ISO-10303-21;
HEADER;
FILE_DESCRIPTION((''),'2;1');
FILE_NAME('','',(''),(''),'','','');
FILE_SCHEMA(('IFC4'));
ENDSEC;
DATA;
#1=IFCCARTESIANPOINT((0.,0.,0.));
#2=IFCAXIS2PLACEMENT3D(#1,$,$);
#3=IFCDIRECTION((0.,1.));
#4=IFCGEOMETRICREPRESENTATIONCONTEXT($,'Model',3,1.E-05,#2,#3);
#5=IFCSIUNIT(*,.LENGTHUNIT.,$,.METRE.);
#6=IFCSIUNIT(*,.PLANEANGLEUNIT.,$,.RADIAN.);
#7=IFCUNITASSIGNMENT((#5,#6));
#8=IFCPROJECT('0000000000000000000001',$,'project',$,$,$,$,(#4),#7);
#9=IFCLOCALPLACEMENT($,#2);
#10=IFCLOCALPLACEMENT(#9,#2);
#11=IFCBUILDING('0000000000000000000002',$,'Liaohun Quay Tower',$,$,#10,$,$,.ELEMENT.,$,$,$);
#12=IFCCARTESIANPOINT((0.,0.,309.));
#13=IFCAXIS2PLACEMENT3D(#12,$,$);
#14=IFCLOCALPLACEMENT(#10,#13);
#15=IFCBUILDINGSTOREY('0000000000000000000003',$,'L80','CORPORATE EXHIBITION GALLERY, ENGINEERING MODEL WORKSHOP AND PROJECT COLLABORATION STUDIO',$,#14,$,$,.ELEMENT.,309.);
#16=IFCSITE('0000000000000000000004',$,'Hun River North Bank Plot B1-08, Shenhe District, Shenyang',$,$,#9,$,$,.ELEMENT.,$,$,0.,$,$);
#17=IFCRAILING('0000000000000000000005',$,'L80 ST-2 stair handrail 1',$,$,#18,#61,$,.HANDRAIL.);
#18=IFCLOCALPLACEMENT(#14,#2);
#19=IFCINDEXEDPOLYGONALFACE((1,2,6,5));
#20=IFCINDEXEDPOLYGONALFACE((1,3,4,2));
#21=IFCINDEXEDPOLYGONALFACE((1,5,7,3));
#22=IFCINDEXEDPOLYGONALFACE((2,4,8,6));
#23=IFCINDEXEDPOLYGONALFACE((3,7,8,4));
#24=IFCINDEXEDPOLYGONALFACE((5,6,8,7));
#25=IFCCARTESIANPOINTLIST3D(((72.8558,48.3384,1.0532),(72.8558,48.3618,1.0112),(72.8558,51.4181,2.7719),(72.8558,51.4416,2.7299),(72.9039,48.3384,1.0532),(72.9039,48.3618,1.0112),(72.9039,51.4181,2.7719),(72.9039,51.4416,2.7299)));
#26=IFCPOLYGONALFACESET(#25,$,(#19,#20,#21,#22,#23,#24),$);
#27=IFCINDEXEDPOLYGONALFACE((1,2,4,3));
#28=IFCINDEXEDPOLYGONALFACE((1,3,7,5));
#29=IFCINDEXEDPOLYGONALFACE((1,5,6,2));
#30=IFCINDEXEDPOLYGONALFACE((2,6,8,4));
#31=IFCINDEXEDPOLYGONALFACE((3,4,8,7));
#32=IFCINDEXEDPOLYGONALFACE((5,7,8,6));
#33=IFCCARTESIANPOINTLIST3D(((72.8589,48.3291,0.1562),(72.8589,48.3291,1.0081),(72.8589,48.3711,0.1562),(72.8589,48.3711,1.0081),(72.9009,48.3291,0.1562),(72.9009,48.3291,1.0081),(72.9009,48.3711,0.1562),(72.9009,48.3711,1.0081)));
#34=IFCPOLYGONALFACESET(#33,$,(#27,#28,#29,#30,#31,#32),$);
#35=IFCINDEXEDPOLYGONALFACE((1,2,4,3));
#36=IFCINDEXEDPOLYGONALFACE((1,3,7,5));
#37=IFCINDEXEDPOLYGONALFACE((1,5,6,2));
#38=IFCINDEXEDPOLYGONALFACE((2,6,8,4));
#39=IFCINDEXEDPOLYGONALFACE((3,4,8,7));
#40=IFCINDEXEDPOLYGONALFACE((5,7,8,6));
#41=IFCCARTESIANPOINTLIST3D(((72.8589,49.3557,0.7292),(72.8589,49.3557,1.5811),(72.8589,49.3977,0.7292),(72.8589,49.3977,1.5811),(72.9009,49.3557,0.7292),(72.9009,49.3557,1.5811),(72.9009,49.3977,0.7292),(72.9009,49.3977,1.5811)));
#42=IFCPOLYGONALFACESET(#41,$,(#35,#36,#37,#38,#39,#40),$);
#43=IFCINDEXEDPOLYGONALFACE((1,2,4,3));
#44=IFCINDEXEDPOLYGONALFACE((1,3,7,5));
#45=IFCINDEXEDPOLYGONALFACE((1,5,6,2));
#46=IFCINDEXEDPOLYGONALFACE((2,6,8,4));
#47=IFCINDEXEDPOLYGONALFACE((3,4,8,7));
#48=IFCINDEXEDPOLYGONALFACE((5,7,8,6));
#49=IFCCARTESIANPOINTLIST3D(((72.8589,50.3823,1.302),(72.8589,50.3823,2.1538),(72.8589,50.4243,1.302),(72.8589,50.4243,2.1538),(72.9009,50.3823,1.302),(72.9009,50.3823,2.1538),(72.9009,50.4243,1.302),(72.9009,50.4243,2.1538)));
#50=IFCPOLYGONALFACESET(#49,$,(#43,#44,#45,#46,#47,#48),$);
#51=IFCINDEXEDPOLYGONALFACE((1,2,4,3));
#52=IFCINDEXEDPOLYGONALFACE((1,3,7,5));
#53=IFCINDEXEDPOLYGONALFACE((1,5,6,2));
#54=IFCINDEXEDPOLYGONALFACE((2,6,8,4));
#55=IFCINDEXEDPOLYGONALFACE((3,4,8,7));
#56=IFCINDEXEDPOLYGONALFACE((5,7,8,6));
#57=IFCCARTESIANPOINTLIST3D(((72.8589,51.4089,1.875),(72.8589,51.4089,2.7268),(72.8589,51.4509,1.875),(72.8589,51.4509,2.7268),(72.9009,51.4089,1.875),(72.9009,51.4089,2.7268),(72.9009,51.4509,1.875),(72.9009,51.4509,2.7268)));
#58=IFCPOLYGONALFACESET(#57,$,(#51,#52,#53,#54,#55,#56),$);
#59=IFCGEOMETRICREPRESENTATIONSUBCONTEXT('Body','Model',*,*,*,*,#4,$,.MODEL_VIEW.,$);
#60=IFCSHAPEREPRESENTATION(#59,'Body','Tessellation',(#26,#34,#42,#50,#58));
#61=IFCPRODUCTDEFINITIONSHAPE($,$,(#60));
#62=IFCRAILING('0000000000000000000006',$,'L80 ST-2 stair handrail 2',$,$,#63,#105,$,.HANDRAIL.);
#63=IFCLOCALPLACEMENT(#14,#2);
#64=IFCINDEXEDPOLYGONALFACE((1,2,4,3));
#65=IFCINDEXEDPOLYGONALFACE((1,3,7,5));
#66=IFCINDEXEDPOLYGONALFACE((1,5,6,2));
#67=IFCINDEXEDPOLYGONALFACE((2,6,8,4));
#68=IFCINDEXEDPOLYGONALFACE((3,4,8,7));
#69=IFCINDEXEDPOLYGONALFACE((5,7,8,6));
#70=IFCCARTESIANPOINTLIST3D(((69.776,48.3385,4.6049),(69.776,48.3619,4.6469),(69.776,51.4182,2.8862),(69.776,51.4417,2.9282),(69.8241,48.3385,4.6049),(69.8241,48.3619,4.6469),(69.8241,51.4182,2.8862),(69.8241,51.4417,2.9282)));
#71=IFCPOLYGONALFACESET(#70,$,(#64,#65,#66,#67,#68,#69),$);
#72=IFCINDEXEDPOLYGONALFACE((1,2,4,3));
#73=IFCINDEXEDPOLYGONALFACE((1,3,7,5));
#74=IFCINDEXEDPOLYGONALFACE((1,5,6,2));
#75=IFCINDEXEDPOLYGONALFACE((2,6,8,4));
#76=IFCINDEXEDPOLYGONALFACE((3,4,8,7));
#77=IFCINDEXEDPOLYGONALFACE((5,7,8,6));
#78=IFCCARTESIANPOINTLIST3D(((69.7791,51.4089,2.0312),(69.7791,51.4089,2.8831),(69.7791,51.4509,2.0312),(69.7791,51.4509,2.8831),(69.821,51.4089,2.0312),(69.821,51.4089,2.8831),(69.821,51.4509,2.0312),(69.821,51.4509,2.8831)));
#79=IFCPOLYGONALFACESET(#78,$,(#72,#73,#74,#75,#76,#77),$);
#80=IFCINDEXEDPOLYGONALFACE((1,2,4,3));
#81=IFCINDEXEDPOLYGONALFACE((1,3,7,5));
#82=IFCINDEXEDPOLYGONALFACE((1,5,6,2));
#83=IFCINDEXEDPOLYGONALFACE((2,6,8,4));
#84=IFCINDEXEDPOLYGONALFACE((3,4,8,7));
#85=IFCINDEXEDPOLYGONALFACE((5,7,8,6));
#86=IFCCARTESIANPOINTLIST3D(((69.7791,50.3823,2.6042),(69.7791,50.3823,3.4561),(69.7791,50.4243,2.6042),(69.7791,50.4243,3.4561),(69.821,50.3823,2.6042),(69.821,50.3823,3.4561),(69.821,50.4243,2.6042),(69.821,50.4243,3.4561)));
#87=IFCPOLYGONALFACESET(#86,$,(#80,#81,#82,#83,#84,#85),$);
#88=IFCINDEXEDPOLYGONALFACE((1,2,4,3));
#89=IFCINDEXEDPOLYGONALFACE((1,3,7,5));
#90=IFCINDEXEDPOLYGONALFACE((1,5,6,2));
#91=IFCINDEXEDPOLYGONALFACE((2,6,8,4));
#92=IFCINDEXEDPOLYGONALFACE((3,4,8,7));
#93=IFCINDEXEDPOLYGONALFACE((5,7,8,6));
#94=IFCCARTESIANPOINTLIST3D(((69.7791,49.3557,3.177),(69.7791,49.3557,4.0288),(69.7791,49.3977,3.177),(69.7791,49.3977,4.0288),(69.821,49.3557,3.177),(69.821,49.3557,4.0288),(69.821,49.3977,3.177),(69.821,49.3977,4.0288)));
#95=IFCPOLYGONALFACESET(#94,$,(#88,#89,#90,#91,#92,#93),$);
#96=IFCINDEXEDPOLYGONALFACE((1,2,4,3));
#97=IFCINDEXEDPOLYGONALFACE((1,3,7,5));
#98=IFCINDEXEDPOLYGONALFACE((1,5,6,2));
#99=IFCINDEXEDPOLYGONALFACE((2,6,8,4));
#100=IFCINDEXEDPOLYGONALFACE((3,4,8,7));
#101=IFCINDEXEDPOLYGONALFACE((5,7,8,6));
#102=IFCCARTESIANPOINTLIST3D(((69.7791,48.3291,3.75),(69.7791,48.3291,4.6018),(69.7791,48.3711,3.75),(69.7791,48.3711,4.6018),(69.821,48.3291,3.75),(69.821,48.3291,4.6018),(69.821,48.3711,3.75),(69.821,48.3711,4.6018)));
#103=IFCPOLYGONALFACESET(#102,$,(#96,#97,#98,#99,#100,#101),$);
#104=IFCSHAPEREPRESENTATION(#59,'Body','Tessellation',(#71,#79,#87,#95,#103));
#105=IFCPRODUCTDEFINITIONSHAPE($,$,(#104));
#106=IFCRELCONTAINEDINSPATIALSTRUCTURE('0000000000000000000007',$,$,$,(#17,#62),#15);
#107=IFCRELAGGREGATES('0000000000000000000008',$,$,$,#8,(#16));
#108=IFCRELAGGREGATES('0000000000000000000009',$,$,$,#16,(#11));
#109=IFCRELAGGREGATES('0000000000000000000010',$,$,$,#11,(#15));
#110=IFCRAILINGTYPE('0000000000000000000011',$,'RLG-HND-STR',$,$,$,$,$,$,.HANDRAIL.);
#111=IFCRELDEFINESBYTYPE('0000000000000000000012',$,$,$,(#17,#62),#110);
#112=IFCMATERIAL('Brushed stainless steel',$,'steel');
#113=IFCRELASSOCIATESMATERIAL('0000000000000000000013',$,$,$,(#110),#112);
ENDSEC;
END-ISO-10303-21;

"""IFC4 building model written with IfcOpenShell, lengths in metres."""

from ifc_helpers import new_model, si_unit, direction, frame, origin, origin_2d, place, context, subcontext, project, spatial, rectangle, extrude, material, type_object, element, save


model = new_model("IFC4")

# Units and contexts
model_context = context("Model", 3, precision=1e-05, world=origin(), true_north=direction((0.0, 1.0)))
body_context = subcontext(model_context, "Body", "Model", "MODEL_VIEW")
ifc_project = project(units=[si_unit("LENGTHUNIT", "METRE"), si_unit("PLANEANGLEUNIT", "RADIAN")], contexts=[model_context])

# Site, building, storey
site_placement = place(None, origin())
site = spatial("IfcSite", under=ifc_project, at=site_placement, Name="Hun River North Bank Plot B1-08, Shenhe District, Shenyang", CompositionType="ELEMENT", RefElevation=0.0)
building_placement = place(site_placement, origin())
building = spatial("IfcBuilding", under=site, at=building_placement, Name="Liaohun Quay Tower", CompositionType="ELEMENT")
storey_placement = place(building_placement, frame((0.0, 0.0, 309.0)))
storey = spatial("IfcBuildingStorey", under=building, at=storey_placement, Name="L80", Description="CORPORATE EXHIBITION GALLERY, ENGINEERING MODEL WORKSHOP AND PROJECT COLLABORATION STUDIO", CompositionType="ELEMENT", Elevation=309.0)

# Railings
ifc_material_1 = material(Name="Brushed stainless steel", Category="steel")
railing_type_1 = type_object("IfcRailingType", Name="RLG-HND-STR", PredefinedType="HANDRAIL", material=ifc_material_1)
railing_1_placement = place(storey_placement, frame((72.8799, 48.3501, 0.1562)))
element("IfcRailing", 1, at=railing_1_placement, inside=storey, type_object=railing_type_1, Name="L80 ST-2 stair handrail 1", PredefinedType="HANDRAIL", context=body_context, shape_type="SweptSolid", body=[
    extrude(rectangle(XDim=0.0481, YDim=0.0481, at=origin_2d()), frame((0.0, 0.0, 0.876), z_axis=(0.0, 0.873225, 0.487317), x_axis=(-1.0, 0.0, 0.0)), (0.0, 0.0, 1.0), 3.5269),
    extrude(rectangle(XDim=0.042, YDim=0.042, at=origin_2d()), origin(), (0.0, 0.0, 1.0), 0.8518),
    extrude(rectangle(XDim=0.042, YDim=0.042, at=origin_2d()), frame((0.0, 1.0266, 0.573)), (0.0, 0.0, 1.0), 0.8518),
    extrude(rectangle(XDim=0.042, YDim=0.042, at=origin_2d()), frame((0.0, 2.0532, 1.1458)), (0.0, 0.0, 1.0), 0.8518),
    extrude(rectangle(XDim=0.042, YDim=0.042, at=origin_2d()), frame((0.0, 3.0798, 1.7188)), (0.0, 0.0, 1.0), 0.8518),
])
railing_2_placement = place(storey_placement, frame((69.8, 51.4299, 2.0312)))
element("IfcRailing", 2, at=railing_2_placement, inside=storey, type_object=railing_type_1, Name="L80 ST-2 stair handrail 2", PredefinedType="HANDRAIL", context=body_context, shape_type="SweptSolid", body=[
    extrude(rectangle(XDim=0.0481, YDim=0.0481, at=origin_2d()), frame((0.0, 0.0, 0.876), z_axis=(0.0, -0.873225, 0.487317), x_axis=(1.0, 0.0, 0.0)), (0.0, 0.0, 1.0), 3.5269),
    extrude(rectangle(XDim=0.042, YDim=0.042, at=origin_2d()), origin(), (0.0, 0.0, 1.0), 0.8518),
    extrude(rectangle(XDim=0.042, YDim=0.042, at=origin_2d()), frame((0.0, -1.0266, 0.573)), (0.0, 0.0, 1.0), 0.8518),
    extrude(rectangle(XDim=0.042, YDim=0.042, at=origin_2d()), frame((0.0, -2.0532, 1.1458)), (0.0, 0.0, 1.0), 0.8518),
    extrude(rectangle(XDim=0.042, YDim=0.042, at=origin_2d()), frame((0.0, -3.0798, 1.7188)), (0.0, 0.0, 1.0), 0.8518),
])

save(model, "model.ifc")
